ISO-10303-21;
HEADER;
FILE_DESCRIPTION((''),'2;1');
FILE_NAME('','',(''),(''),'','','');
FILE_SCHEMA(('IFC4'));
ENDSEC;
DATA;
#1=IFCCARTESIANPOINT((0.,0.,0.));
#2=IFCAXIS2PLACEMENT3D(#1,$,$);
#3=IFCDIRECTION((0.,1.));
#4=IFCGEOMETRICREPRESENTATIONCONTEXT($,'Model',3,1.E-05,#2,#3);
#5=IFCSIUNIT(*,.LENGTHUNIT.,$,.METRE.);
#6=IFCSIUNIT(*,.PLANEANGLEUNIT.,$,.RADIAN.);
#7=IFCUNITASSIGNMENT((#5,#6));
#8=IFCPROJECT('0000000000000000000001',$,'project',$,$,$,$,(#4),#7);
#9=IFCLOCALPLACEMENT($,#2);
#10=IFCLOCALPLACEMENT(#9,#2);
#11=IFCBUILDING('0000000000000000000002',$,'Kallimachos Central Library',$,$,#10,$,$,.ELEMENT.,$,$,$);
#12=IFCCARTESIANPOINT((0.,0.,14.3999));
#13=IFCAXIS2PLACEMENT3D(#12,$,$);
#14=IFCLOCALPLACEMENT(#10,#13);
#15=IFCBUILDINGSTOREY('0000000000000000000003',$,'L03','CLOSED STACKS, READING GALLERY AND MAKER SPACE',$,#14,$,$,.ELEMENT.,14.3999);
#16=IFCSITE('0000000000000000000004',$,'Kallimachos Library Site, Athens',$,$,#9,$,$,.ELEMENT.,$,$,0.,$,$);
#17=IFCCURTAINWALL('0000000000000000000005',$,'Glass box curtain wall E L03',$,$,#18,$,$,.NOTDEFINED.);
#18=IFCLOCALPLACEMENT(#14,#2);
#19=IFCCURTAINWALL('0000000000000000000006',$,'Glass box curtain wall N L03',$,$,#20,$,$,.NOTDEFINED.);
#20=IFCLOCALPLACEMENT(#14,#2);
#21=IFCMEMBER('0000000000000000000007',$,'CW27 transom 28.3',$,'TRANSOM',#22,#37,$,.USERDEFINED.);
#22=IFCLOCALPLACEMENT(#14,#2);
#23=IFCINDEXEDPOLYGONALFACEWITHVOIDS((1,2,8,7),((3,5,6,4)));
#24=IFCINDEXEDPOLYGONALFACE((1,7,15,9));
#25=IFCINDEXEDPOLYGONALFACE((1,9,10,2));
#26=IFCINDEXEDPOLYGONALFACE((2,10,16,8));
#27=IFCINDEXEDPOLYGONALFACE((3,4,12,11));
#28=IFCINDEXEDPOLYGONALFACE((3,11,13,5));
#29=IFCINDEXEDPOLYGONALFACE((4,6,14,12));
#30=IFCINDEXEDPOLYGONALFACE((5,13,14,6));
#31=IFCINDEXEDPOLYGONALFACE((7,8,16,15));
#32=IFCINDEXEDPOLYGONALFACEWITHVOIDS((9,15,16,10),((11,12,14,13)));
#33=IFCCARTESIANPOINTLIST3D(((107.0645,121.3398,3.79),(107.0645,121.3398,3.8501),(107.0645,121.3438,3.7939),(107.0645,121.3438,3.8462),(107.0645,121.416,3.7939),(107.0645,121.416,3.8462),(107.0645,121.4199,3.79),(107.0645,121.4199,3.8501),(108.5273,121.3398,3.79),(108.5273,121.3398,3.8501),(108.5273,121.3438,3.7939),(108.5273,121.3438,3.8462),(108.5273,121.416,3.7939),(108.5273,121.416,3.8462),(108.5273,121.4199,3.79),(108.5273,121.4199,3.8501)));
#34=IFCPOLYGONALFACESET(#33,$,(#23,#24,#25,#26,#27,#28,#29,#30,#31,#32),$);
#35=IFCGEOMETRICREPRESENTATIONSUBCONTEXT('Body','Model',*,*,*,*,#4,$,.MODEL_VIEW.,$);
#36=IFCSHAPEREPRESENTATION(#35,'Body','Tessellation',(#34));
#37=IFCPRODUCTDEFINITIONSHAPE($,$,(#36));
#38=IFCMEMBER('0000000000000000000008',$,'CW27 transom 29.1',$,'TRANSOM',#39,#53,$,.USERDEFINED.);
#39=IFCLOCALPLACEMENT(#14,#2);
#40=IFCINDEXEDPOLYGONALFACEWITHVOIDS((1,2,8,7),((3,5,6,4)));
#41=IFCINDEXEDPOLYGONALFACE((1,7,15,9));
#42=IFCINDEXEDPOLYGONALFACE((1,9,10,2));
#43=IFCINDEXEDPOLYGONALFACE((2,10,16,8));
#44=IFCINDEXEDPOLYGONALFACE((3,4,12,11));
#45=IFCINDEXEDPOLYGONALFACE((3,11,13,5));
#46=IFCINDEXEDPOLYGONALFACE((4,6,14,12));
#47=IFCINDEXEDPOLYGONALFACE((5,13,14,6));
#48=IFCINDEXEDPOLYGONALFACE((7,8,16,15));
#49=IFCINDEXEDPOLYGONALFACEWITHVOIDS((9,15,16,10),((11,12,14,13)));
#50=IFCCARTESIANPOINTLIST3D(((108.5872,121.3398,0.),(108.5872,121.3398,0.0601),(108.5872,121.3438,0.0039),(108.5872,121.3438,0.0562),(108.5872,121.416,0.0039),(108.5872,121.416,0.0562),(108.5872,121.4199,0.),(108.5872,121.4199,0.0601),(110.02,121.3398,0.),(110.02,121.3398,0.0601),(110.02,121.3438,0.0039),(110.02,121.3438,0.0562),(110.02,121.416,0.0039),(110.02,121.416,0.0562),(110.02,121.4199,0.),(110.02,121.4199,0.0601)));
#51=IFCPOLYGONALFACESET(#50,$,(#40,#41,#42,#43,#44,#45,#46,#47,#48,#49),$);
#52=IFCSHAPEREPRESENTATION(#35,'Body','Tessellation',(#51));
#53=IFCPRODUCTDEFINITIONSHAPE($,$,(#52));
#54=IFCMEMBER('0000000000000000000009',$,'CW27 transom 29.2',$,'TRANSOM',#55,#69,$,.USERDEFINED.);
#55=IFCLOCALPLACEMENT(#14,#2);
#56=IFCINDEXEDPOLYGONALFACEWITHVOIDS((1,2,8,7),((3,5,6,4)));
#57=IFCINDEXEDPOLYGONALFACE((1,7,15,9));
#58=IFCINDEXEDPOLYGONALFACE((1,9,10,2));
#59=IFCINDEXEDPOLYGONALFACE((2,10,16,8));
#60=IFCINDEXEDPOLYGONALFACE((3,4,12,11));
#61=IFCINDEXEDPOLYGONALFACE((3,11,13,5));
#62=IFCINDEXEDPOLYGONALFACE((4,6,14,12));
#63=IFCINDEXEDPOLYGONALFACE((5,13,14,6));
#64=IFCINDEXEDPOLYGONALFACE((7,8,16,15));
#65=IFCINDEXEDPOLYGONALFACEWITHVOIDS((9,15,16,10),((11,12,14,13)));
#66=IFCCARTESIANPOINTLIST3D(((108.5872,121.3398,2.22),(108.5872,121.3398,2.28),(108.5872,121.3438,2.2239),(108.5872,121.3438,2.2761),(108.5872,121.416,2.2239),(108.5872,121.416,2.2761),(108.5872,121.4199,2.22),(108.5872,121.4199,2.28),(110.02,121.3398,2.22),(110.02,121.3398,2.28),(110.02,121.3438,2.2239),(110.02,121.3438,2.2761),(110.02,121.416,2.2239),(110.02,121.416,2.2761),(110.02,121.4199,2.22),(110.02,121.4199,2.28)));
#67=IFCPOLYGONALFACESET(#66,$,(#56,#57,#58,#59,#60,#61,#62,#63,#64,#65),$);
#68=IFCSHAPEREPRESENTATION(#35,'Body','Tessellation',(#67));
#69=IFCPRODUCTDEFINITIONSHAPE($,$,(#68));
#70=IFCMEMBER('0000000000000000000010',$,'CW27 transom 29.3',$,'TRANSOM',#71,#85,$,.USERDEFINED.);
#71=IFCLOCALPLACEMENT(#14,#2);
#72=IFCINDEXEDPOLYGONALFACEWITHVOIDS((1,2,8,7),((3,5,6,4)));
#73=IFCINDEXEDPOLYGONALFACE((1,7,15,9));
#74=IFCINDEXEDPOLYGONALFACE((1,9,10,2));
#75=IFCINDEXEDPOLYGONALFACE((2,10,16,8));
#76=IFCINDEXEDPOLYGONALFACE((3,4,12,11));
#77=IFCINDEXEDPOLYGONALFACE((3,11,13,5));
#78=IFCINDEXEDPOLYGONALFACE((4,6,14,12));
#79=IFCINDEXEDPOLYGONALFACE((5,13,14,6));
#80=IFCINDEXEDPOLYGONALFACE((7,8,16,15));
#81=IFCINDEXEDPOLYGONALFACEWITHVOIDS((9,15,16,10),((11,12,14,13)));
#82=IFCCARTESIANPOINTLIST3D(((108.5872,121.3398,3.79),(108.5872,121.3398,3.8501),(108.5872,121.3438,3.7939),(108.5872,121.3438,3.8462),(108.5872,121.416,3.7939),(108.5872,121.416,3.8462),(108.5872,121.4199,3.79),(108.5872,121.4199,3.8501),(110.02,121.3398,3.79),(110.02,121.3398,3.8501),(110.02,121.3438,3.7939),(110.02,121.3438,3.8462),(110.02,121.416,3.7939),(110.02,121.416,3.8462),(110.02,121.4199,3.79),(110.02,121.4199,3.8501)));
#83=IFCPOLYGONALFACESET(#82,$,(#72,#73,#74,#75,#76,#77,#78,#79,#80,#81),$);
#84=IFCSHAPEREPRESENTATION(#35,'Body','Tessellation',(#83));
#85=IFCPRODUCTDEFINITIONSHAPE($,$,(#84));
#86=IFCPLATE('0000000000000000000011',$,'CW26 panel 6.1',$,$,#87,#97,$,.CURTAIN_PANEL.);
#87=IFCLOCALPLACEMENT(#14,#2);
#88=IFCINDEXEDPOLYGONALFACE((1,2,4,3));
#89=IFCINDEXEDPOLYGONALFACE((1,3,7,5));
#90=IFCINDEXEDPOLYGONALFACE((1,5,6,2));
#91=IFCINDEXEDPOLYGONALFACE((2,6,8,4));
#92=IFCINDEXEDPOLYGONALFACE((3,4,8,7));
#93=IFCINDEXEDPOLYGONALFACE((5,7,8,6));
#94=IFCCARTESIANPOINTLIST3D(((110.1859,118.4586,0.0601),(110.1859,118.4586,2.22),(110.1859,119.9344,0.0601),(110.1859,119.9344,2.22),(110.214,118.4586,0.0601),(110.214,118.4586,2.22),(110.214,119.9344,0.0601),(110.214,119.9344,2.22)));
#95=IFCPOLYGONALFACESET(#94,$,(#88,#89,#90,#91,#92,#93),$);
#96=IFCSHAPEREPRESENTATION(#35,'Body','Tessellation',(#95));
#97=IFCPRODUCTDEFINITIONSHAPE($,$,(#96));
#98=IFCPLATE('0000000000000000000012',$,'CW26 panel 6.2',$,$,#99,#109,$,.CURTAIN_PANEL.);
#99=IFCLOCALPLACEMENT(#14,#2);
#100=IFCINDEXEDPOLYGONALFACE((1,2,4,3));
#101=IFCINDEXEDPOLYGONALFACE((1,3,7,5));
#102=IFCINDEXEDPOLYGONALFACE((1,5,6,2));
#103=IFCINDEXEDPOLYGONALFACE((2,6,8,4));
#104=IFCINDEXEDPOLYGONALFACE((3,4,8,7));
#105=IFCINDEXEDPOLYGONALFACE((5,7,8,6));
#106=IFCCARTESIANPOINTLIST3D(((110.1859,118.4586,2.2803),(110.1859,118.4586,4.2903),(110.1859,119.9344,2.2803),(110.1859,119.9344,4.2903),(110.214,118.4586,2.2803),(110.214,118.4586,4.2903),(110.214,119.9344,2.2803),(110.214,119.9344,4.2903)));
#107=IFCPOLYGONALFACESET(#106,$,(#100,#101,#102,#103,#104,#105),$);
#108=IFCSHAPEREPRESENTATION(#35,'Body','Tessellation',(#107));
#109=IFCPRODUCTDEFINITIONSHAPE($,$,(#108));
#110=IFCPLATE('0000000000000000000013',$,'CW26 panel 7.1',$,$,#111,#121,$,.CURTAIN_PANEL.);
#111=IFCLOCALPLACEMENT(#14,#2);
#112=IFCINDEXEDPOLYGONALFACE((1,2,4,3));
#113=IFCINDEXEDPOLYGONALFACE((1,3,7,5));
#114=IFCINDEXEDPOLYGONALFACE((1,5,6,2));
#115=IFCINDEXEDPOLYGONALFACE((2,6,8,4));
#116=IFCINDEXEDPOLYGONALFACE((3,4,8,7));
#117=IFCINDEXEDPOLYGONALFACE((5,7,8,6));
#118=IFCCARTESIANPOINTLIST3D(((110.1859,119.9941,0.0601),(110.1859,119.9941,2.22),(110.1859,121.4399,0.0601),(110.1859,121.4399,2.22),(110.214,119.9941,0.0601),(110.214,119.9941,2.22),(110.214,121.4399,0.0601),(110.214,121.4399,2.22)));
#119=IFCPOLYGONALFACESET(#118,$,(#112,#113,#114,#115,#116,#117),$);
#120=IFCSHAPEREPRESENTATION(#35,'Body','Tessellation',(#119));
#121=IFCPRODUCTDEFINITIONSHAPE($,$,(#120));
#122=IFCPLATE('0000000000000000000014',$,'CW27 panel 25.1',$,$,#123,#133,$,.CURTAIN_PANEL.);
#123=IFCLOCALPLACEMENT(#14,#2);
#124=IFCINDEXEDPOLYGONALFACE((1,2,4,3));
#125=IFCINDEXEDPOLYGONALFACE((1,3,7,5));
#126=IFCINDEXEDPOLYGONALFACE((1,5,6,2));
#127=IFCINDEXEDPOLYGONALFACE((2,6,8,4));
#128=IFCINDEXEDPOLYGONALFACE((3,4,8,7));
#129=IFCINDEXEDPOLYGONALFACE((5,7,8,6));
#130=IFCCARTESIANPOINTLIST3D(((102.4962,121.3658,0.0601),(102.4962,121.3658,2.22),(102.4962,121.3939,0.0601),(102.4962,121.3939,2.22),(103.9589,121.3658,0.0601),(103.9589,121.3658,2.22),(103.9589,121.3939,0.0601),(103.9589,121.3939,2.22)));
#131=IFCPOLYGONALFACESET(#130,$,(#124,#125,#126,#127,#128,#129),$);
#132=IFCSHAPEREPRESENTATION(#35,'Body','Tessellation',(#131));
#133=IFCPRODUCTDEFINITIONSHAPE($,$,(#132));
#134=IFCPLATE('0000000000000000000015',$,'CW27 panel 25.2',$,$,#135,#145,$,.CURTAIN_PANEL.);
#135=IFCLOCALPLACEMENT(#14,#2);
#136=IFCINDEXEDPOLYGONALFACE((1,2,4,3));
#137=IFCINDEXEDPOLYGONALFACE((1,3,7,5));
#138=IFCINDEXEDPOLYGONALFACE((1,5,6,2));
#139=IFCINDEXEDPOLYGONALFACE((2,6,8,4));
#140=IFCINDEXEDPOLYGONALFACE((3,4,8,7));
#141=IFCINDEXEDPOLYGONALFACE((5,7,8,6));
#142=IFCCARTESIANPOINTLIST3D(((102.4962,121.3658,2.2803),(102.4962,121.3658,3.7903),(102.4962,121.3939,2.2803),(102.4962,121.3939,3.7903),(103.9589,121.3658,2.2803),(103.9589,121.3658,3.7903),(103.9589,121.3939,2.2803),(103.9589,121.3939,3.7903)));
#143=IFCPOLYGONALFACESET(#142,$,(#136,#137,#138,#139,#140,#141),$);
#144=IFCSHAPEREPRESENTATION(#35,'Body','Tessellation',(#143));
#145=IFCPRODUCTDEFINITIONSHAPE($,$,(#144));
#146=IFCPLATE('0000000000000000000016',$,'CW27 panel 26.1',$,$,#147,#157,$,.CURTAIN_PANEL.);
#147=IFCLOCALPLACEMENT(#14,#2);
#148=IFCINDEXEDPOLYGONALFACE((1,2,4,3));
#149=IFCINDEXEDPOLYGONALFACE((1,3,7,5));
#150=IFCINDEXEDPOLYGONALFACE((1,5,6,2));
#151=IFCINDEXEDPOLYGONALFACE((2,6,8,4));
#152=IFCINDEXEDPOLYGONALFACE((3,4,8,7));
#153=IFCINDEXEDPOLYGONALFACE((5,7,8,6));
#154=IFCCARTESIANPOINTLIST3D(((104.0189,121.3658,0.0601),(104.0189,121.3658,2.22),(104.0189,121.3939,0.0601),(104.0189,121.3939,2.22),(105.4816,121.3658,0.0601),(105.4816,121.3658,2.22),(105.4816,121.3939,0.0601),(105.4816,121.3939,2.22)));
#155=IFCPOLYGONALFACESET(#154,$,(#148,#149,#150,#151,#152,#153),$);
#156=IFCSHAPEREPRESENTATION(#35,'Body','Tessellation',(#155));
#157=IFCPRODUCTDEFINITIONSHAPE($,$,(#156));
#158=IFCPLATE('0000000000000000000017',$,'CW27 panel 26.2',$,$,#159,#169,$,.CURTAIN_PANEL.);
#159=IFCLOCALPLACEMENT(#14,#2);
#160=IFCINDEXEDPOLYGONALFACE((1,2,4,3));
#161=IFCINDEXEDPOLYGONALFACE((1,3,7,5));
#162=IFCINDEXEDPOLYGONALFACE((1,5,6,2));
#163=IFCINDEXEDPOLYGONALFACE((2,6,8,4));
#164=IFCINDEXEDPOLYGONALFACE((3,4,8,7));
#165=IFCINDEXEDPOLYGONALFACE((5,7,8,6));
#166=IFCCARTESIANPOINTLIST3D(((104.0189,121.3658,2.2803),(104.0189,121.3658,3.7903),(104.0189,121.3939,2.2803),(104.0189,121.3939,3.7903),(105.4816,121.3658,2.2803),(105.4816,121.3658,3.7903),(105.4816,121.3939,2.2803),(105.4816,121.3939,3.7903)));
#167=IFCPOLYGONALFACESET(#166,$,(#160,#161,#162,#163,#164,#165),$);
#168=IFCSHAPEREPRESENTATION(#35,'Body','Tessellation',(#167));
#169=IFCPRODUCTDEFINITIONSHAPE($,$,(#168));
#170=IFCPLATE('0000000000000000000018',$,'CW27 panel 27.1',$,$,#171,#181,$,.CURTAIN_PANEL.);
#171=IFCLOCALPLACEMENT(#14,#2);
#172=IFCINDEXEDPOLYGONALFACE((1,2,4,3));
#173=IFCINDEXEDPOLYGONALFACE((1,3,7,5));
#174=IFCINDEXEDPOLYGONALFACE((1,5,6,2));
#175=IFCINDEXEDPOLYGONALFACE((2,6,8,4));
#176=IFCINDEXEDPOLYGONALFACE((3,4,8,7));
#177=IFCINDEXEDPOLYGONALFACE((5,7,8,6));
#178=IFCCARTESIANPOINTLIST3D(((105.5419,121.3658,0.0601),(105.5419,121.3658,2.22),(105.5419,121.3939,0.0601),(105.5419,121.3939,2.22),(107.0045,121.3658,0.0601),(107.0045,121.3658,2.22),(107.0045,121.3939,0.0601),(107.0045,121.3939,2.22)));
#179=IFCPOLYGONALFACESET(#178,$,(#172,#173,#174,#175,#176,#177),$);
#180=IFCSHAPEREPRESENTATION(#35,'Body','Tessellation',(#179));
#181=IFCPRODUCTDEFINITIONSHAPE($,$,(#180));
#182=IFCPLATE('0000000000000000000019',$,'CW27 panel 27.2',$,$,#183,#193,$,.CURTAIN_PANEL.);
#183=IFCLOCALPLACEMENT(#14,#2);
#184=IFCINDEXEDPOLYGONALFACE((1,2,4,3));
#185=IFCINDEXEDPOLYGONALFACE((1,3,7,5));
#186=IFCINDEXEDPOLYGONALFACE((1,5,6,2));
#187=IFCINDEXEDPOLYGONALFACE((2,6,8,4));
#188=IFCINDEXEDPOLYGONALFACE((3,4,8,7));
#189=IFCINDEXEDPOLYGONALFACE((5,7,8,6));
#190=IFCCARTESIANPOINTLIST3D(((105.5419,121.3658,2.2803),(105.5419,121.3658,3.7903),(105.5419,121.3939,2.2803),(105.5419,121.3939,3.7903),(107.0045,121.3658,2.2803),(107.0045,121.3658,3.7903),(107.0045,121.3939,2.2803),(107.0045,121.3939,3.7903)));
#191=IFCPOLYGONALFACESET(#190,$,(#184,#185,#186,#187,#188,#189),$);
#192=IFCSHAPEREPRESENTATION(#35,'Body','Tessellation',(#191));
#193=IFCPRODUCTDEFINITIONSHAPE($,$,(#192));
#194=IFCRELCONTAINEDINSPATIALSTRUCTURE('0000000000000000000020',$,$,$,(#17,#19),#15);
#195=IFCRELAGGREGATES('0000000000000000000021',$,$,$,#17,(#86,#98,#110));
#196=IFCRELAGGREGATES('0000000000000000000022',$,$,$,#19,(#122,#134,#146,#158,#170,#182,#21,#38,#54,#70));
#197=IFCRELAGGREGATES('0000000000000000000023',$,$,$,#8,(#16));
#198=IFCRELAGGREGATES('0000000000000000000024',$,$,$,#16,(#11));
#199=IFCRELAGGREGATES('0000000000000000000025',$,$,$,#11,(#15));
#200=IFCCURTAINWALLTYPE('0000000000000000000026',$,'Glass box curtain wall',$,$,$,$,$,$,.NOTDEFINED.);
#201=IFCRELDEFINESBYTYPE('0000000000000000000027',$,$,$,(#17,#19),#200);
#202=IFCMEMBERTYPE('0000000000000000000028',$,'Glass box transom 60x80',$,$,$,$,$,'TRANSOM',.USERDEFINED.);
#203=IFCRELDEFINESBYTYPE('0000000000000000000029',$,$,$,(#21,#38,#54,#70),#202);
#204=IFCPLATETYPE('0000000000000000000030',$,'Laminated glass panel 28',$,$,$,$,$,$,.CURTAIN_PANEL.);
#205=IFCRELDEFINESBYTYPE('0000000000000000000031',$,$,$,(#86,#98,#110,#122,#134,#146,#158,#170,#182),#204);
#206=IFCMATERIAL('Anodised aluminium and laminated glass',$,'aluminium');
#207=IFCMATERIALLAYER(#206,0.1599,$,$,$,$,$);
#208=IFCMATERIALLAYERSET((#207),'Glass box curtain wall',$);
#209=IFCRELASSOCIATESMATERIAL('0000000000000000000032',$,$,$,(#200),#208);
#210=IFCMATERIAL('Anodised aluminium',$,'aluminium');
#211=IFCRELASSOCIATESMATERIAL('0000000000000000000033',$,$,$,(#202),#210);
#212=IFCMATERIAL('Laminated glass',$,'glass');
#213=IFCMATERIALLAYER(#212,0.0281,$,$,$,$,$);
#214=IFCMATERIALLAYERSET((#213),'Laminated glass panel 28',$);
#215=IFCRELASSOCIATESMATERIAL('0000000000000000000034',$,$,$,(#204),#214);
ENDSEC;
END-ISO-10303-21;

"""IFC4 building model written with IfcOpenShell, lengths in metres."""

from ifc_helpers import new_model, si_unit, direction, frame, origin, origin_2d, place, context, subcontext, project, spatial, rectangle, hollow_rectangle, extrude, material, layer, layer_set, material_profile, profile_set, type_object, element, aggregate, save


model = new_model("IFC4")

# Units and contexts
model_context = context("Model", 3, precision=1e-05, world=origin(), true_north=direction((0.0, 1.0)))
body_context = subcontext(model_context, "Body", "Model", "MODEL_VIEW")
ifc_project = project(units=[si_unit("LENGTHUNIT", "METRE"), si_unit("PLANEANGLEUNIT", "RADIAN")], contexts=[model_context])

# Site, building, storey
site_placement = place(None, origin())
site = spatial("IfcSite", under=ifc_project, at=site_placement, Name="Kallimachos Library Site, Athens", CompositionType="ELEMENT", RefElevation=0.0)
building_placement = place(site_placement, origin())
building = spatial("IfcBuilding", under=site, at=building_placement, Name="Kallimachos Central Library", CompositionType="ELEMENT")
storey_placement = place(building_placement, frame((0.0, 0.0, 14.3999)))
storey = spatial("IfcBuildingStorey", under=building, at=storey_placement, Name="L03", Description="CLOSED STACKS, READING GALLERY AND MAKER SPACE", CompositionType="ELEMENT", Elevation=14.3999)

# Curtain wall
ifc_material_1 = material(Name="Anodised aluminium and laminated glass", Category="aluminium")
ifc_layer_1 = layer(ifc_material_1, 0.1599)
ifc_layer_set_1 = layer_set([ifc_layer_1], Name="Glass box curtain wall")
curtain_wall_type = type_object("IfcCurtainWallType", Name="Glass box curtain wall", PredefinedType="NOTDEFINED", material=ifc_layer_set_1)
curtain_wall_1_placement = place(storey_placement, origin())
curtain_wall_1 = element("IfcCurtainWall", 1, at=curtain_wall_1_placement, inside=storey, type_object=curtain_wall_type, Name="Glass box curtain wall E L03", PredefinedType="NOTDEFINED")

# Curtain wall
curtain_wall_2_placement = place(storey_placement, origin())
curtain_wall_2 = element("IfcCurtainWall", 2, at=curtain_wall_2_placement, inside=storey, type_object=curtain_wall_type, Name="Glass box curtain wall N L03", PredefinedType="NOTDEFINED")

# Members
ifc_material_2 = material(Name="Anodised aluminium", Category="aluminium")
ifc_material_profile_1 = material_profile(ifc_material_2, hollow_rectangle(XDim=0.0601, YDim=0.0801, WallThickness=0.0039, at=origin_2d()), Name="ALU TRANSOM 60x80")
ifc_profile_set_1 = profile_set([ifc_material_profile_1], Name="Anodised aluminium")
member_type_1 = type_object("IfcMemberType", Name="Glass box transom 60x80", ElementType="TRANSOM", PredefinedType="USERDEFINED", material=ifc_profile_set_1)
member_1_placement = place(storey_placement, frame((107.0645, 121.3799, 3.8201), z_axis=(1.0, 0.0, 0.0), x_axis=(0.0, 0.0, 1.0)))
member_1 = element("IfcMember", 3, at=member_1_placement, type_object=member_type_1, Name="CW27 transom 28.3", ObjectType="TRANSOM", PredefinedType="USERDEFINED", context=body_context, shape_type="SweptSolid", body=[
    extrude(hollow_rectangle(XDim=0.0601, YDim=0.0801, WallThickness=0.0039, at=origin_2d()), origin(), (0.0, 0.0, 1.0), 1.4629),
])
member_2_placement = place(storey_placement, frame((108.5872, 121.3799, 0.03), z_axis=(1.0, 0.0, 0.0), x_axis=(0.0, 0.0, 1.0)))
member_2 = element("IfcMember", 4, at=member_2_placement, type_object=member_type_1, Name="CW27 transom 29.1", ObjectType="TRANSOM", PredefinedType="USERDEFINED", context=body_context, shape_type="SweptSolid", body=[
    extrude(hollow_rectangle(XDim=0.0601, YDim=0.0801, WallThickness=0.0039, at=origin_2d()), origin(), (0.0, 0.0, 1.0), 1.4329),
])
member_3_placement = place(storey_placement, frame((108.5872, 121.3799, 2.25), z_axis=(1.0, 0.0, 0.0), x_axis=(0.0, 0.0, 1.0)))
member_3 = element("IfcMember", 5, at=member_3_placement, type_object=member_type_1, Name="CW27 transom 29.2", ObjectType="TRANSOM", PredefinedType="USERDEFINED", context=body_context, shape_type="SweptSolid", body=[
    extrude(hollow_rectangle(XDim=0.0601, YDim=0.0801, WallThickness=0.0039, at=origin_2d()), origin(), (0.0, 0.0, 1.0), 1.4329),
])
member_4_placement = place(storey_placement, frame((108.5872, 121.3799, 3.8201), z_axis=(1.0, 0.0, 0.0), x_axis=(0.0, 0.0, 1.0)))
member_4 = element("IfcMember", 6, at=member_4_placement, type_object=member_type_1, Name="CW27 transom 29.3", ObjectType="TRANSOM", PredefinedType="USERDEFINED", context=body_context, shape_type="SweptSolid", body=[
    extrude(hollow_rectangle(XDim=0.0601, YDim=0.0801, WallThickness=0.0039, at=origin_2d()), origin(), (0.0, 0.0, 1.0), 1.4329),
])

# Plates
ifc_material_3 = material(Name="Laminated glass", Category="glass")
ifc_layer_2 = layer(ifc_material_3, 0.0281)
ifc_layer_set_2 = layer_set([ifc_layer_2], Name="Laminated glass panel 28")
plate_type = type_object("IfcPlateType", Name="Laminated glass panel 28", PredefinedType="CURTAIN_PANEL", material=ifc_layer_set_2)
plate_1_placement = place(storey_placement, frame((110.2, 119.1965, 0.0601), z_axis=(0.0, 0.0, 1.0), x_axis=(0.0, 1.0, 0.0)))
plate_1 = element("IfcPlate", 7, at=plate_1_placement, type_object=plate_type, Name="CW26 panel 6.1", PredefinedType="CURTAIN_PANEL", context=body_context, shape_type="SweptSolid", body=[
    extrude(rectangle(XDim=1.4758, YDim=0.0281, at=origin_2d()), origin(), (0.0, 0.0, 1.0), 2.1599),
])
plate_2_placement = place(storey_placement, frame((110.2, 119.1965, 2.2803), z_axis=(0.0, 0.0, 1.0), x_axis=(0.0, 1.0, 0.0)))
plate_2 = element("IfcPlate", 8, at=plate_2_placement, type_object=plate_type, Name="CW26 panel 6.2", PredefinedType="CURTAIN_PANEL", context=body_context, shape_type="SweptSolid", body=[
    extrude(rectangle(XDim=1.4758, YDim=0.0281, at=origin_2d()), origin(), (0.0, 0.0, 1.0), 2.01),
])
plate_3_placement = place(storey_placement, frame((110.2, 120.717, 0.0601), z_axis=(0.0, 0.0, 1.0), x_axis=(0.0, 1.0, 0.0)))
plate_3 = element("IfcPlate", 9, at=plate_3_placement, type_object=plate_type, Name="CW26 panel 7.1", PredefinedType="CURTAIN_PANEL", context=body_context, shape_type="SweptSolid", body=[
    extrude(rectangle(XDim=1.4458, YDim=0.0281, at=origin_2d()), origin(), (0.0, 0.0, 1.0), 2.1599),
])
aggregate(curtain_wall_1, [plate_1, plate_2, plate_3])
plate_4_placement = place(storey_placement, frame((103.2275, 121.3799, 0.0601), z_axis=(0.0, 0.0, 1.0), x_axis=(1.0, 0.0, 0.0)))
plate_4 = element("IfcPlate", 10, at=plate_4_placement, type_object=plate_type, Name="CW27 panel 25.1", PredefinedType="CURTAIN_PANEL", context=body_context, shape_type="SweptSolid", body=[
    extrude(rectangle(XDim=1.4626, YDim=0.0281, at=origin_2d()), origin(), (0.0, 0.0, 1.0), 2.1599),
])
plate_5_placement = place(storey_placement, frame((103.2275, 121.3799, 2.2803), z_axis=(0.0, 0.0, 1.0), x_axis=(1.0, 0.0, 0.0)))
plate_5 = element("IfcPlate", 11, at=plate_5_placement, type_object=plate_type, Name="CW27 panel 25.2", PredefinedType="CURTAIN_PANEL", context=body_context, shape_type="SweptSolid", body=[
    extrude(rectangle(XDim=1.4626, YDim=0.0281, at=origin_2d()), origin(), (0.0, 0.0, 1.0), 1.51),
])
plate_6_placement = place(storey_placement, frame((104.7502, 121.3799, 0.0601), z_axis=(0.0, 0.0, 1.0), x_axis=(1.0, 0.0, 0.0)))
plate_6 = element("IfcPlate", 12, at=plate_6_placement, type_object=plate_type, Name="CW27 panel 26.1", PredefinedType="CURTAIN_PANEL", context=body_context, shape_type="SweptSolid", body=[
    extrude(rectangle(XDim=1.4626, YDim=0.0281, at=origin_2d()), origin(), (0.0, 0.0, 1.0), 2.1599),
])
plate_7_placement = place(storey_placement, frame((104.7502, 121.3799, 2.2803), z_axis=(0.0, 0.0, 1.0), x_axis=(1.0, 0.0, 0.0)))
plate_7 = element("IfcPlate", 13, at=plate_7_placement, type_object=plate_type, Name="CW27 panel 26.2", PredefinedType="CURTAIN_PANEL", context=body_context, shape_type="SweptSolid", body=[
    extrude(rectangle(XDim=1.4626, YDim=0.0281, at=origin_2d()), origin(), (0.0, 0.0, 1.0), 1.51),
])
plate_8_placement = place(storey_placement, frame((106.2732, 121.3799, 0.0601), z_axis=(0.0, 0.0, 1.0), x_axis=(1.0, 0.0, 0.0)))
plate_8 = element("IfcPlate", 14, at=plate_8_placement, type_object=plate_type, Name="CW27 panel 27.1", PredefinedType="CURTAIN_PANEL", context=body_context, shape_type="SweptSolid", body=[
    extrude(rectangle(XDim=1.4626, YDim=0.0281, at=origin_2d()), origin(), (0.0, 0.0, 1.0), 2.1599),
])
plate_9_placement = place(storey_placement, frame((106.2732, 121.3799, 2.2803), z_axis=(0.0, 0.0, 1.0), x_axis=(1.0, 0.0, 0.0)))
plate_9 = element("IfcPlate", 15, at=plate_9_placement, type_object=plate_type, Name="CW27 panel 27.2", PredefinedType="CURTAIN_PANEL", context=body_context, shape_type="SweptSolid", body=[
    extrude(rectangle(XDim=1.4626, YDim=0.0281, at=origin_2d()), origin(), (0.0, 0.0, 1.0), 1.51),
])
aggregate(curtain_wall_2, [plate_4, plate_5, plate_6, plate_7, plate_8, plate_9, member_1, member_2, member_3, member_4])

save(model, "model.ifc")
